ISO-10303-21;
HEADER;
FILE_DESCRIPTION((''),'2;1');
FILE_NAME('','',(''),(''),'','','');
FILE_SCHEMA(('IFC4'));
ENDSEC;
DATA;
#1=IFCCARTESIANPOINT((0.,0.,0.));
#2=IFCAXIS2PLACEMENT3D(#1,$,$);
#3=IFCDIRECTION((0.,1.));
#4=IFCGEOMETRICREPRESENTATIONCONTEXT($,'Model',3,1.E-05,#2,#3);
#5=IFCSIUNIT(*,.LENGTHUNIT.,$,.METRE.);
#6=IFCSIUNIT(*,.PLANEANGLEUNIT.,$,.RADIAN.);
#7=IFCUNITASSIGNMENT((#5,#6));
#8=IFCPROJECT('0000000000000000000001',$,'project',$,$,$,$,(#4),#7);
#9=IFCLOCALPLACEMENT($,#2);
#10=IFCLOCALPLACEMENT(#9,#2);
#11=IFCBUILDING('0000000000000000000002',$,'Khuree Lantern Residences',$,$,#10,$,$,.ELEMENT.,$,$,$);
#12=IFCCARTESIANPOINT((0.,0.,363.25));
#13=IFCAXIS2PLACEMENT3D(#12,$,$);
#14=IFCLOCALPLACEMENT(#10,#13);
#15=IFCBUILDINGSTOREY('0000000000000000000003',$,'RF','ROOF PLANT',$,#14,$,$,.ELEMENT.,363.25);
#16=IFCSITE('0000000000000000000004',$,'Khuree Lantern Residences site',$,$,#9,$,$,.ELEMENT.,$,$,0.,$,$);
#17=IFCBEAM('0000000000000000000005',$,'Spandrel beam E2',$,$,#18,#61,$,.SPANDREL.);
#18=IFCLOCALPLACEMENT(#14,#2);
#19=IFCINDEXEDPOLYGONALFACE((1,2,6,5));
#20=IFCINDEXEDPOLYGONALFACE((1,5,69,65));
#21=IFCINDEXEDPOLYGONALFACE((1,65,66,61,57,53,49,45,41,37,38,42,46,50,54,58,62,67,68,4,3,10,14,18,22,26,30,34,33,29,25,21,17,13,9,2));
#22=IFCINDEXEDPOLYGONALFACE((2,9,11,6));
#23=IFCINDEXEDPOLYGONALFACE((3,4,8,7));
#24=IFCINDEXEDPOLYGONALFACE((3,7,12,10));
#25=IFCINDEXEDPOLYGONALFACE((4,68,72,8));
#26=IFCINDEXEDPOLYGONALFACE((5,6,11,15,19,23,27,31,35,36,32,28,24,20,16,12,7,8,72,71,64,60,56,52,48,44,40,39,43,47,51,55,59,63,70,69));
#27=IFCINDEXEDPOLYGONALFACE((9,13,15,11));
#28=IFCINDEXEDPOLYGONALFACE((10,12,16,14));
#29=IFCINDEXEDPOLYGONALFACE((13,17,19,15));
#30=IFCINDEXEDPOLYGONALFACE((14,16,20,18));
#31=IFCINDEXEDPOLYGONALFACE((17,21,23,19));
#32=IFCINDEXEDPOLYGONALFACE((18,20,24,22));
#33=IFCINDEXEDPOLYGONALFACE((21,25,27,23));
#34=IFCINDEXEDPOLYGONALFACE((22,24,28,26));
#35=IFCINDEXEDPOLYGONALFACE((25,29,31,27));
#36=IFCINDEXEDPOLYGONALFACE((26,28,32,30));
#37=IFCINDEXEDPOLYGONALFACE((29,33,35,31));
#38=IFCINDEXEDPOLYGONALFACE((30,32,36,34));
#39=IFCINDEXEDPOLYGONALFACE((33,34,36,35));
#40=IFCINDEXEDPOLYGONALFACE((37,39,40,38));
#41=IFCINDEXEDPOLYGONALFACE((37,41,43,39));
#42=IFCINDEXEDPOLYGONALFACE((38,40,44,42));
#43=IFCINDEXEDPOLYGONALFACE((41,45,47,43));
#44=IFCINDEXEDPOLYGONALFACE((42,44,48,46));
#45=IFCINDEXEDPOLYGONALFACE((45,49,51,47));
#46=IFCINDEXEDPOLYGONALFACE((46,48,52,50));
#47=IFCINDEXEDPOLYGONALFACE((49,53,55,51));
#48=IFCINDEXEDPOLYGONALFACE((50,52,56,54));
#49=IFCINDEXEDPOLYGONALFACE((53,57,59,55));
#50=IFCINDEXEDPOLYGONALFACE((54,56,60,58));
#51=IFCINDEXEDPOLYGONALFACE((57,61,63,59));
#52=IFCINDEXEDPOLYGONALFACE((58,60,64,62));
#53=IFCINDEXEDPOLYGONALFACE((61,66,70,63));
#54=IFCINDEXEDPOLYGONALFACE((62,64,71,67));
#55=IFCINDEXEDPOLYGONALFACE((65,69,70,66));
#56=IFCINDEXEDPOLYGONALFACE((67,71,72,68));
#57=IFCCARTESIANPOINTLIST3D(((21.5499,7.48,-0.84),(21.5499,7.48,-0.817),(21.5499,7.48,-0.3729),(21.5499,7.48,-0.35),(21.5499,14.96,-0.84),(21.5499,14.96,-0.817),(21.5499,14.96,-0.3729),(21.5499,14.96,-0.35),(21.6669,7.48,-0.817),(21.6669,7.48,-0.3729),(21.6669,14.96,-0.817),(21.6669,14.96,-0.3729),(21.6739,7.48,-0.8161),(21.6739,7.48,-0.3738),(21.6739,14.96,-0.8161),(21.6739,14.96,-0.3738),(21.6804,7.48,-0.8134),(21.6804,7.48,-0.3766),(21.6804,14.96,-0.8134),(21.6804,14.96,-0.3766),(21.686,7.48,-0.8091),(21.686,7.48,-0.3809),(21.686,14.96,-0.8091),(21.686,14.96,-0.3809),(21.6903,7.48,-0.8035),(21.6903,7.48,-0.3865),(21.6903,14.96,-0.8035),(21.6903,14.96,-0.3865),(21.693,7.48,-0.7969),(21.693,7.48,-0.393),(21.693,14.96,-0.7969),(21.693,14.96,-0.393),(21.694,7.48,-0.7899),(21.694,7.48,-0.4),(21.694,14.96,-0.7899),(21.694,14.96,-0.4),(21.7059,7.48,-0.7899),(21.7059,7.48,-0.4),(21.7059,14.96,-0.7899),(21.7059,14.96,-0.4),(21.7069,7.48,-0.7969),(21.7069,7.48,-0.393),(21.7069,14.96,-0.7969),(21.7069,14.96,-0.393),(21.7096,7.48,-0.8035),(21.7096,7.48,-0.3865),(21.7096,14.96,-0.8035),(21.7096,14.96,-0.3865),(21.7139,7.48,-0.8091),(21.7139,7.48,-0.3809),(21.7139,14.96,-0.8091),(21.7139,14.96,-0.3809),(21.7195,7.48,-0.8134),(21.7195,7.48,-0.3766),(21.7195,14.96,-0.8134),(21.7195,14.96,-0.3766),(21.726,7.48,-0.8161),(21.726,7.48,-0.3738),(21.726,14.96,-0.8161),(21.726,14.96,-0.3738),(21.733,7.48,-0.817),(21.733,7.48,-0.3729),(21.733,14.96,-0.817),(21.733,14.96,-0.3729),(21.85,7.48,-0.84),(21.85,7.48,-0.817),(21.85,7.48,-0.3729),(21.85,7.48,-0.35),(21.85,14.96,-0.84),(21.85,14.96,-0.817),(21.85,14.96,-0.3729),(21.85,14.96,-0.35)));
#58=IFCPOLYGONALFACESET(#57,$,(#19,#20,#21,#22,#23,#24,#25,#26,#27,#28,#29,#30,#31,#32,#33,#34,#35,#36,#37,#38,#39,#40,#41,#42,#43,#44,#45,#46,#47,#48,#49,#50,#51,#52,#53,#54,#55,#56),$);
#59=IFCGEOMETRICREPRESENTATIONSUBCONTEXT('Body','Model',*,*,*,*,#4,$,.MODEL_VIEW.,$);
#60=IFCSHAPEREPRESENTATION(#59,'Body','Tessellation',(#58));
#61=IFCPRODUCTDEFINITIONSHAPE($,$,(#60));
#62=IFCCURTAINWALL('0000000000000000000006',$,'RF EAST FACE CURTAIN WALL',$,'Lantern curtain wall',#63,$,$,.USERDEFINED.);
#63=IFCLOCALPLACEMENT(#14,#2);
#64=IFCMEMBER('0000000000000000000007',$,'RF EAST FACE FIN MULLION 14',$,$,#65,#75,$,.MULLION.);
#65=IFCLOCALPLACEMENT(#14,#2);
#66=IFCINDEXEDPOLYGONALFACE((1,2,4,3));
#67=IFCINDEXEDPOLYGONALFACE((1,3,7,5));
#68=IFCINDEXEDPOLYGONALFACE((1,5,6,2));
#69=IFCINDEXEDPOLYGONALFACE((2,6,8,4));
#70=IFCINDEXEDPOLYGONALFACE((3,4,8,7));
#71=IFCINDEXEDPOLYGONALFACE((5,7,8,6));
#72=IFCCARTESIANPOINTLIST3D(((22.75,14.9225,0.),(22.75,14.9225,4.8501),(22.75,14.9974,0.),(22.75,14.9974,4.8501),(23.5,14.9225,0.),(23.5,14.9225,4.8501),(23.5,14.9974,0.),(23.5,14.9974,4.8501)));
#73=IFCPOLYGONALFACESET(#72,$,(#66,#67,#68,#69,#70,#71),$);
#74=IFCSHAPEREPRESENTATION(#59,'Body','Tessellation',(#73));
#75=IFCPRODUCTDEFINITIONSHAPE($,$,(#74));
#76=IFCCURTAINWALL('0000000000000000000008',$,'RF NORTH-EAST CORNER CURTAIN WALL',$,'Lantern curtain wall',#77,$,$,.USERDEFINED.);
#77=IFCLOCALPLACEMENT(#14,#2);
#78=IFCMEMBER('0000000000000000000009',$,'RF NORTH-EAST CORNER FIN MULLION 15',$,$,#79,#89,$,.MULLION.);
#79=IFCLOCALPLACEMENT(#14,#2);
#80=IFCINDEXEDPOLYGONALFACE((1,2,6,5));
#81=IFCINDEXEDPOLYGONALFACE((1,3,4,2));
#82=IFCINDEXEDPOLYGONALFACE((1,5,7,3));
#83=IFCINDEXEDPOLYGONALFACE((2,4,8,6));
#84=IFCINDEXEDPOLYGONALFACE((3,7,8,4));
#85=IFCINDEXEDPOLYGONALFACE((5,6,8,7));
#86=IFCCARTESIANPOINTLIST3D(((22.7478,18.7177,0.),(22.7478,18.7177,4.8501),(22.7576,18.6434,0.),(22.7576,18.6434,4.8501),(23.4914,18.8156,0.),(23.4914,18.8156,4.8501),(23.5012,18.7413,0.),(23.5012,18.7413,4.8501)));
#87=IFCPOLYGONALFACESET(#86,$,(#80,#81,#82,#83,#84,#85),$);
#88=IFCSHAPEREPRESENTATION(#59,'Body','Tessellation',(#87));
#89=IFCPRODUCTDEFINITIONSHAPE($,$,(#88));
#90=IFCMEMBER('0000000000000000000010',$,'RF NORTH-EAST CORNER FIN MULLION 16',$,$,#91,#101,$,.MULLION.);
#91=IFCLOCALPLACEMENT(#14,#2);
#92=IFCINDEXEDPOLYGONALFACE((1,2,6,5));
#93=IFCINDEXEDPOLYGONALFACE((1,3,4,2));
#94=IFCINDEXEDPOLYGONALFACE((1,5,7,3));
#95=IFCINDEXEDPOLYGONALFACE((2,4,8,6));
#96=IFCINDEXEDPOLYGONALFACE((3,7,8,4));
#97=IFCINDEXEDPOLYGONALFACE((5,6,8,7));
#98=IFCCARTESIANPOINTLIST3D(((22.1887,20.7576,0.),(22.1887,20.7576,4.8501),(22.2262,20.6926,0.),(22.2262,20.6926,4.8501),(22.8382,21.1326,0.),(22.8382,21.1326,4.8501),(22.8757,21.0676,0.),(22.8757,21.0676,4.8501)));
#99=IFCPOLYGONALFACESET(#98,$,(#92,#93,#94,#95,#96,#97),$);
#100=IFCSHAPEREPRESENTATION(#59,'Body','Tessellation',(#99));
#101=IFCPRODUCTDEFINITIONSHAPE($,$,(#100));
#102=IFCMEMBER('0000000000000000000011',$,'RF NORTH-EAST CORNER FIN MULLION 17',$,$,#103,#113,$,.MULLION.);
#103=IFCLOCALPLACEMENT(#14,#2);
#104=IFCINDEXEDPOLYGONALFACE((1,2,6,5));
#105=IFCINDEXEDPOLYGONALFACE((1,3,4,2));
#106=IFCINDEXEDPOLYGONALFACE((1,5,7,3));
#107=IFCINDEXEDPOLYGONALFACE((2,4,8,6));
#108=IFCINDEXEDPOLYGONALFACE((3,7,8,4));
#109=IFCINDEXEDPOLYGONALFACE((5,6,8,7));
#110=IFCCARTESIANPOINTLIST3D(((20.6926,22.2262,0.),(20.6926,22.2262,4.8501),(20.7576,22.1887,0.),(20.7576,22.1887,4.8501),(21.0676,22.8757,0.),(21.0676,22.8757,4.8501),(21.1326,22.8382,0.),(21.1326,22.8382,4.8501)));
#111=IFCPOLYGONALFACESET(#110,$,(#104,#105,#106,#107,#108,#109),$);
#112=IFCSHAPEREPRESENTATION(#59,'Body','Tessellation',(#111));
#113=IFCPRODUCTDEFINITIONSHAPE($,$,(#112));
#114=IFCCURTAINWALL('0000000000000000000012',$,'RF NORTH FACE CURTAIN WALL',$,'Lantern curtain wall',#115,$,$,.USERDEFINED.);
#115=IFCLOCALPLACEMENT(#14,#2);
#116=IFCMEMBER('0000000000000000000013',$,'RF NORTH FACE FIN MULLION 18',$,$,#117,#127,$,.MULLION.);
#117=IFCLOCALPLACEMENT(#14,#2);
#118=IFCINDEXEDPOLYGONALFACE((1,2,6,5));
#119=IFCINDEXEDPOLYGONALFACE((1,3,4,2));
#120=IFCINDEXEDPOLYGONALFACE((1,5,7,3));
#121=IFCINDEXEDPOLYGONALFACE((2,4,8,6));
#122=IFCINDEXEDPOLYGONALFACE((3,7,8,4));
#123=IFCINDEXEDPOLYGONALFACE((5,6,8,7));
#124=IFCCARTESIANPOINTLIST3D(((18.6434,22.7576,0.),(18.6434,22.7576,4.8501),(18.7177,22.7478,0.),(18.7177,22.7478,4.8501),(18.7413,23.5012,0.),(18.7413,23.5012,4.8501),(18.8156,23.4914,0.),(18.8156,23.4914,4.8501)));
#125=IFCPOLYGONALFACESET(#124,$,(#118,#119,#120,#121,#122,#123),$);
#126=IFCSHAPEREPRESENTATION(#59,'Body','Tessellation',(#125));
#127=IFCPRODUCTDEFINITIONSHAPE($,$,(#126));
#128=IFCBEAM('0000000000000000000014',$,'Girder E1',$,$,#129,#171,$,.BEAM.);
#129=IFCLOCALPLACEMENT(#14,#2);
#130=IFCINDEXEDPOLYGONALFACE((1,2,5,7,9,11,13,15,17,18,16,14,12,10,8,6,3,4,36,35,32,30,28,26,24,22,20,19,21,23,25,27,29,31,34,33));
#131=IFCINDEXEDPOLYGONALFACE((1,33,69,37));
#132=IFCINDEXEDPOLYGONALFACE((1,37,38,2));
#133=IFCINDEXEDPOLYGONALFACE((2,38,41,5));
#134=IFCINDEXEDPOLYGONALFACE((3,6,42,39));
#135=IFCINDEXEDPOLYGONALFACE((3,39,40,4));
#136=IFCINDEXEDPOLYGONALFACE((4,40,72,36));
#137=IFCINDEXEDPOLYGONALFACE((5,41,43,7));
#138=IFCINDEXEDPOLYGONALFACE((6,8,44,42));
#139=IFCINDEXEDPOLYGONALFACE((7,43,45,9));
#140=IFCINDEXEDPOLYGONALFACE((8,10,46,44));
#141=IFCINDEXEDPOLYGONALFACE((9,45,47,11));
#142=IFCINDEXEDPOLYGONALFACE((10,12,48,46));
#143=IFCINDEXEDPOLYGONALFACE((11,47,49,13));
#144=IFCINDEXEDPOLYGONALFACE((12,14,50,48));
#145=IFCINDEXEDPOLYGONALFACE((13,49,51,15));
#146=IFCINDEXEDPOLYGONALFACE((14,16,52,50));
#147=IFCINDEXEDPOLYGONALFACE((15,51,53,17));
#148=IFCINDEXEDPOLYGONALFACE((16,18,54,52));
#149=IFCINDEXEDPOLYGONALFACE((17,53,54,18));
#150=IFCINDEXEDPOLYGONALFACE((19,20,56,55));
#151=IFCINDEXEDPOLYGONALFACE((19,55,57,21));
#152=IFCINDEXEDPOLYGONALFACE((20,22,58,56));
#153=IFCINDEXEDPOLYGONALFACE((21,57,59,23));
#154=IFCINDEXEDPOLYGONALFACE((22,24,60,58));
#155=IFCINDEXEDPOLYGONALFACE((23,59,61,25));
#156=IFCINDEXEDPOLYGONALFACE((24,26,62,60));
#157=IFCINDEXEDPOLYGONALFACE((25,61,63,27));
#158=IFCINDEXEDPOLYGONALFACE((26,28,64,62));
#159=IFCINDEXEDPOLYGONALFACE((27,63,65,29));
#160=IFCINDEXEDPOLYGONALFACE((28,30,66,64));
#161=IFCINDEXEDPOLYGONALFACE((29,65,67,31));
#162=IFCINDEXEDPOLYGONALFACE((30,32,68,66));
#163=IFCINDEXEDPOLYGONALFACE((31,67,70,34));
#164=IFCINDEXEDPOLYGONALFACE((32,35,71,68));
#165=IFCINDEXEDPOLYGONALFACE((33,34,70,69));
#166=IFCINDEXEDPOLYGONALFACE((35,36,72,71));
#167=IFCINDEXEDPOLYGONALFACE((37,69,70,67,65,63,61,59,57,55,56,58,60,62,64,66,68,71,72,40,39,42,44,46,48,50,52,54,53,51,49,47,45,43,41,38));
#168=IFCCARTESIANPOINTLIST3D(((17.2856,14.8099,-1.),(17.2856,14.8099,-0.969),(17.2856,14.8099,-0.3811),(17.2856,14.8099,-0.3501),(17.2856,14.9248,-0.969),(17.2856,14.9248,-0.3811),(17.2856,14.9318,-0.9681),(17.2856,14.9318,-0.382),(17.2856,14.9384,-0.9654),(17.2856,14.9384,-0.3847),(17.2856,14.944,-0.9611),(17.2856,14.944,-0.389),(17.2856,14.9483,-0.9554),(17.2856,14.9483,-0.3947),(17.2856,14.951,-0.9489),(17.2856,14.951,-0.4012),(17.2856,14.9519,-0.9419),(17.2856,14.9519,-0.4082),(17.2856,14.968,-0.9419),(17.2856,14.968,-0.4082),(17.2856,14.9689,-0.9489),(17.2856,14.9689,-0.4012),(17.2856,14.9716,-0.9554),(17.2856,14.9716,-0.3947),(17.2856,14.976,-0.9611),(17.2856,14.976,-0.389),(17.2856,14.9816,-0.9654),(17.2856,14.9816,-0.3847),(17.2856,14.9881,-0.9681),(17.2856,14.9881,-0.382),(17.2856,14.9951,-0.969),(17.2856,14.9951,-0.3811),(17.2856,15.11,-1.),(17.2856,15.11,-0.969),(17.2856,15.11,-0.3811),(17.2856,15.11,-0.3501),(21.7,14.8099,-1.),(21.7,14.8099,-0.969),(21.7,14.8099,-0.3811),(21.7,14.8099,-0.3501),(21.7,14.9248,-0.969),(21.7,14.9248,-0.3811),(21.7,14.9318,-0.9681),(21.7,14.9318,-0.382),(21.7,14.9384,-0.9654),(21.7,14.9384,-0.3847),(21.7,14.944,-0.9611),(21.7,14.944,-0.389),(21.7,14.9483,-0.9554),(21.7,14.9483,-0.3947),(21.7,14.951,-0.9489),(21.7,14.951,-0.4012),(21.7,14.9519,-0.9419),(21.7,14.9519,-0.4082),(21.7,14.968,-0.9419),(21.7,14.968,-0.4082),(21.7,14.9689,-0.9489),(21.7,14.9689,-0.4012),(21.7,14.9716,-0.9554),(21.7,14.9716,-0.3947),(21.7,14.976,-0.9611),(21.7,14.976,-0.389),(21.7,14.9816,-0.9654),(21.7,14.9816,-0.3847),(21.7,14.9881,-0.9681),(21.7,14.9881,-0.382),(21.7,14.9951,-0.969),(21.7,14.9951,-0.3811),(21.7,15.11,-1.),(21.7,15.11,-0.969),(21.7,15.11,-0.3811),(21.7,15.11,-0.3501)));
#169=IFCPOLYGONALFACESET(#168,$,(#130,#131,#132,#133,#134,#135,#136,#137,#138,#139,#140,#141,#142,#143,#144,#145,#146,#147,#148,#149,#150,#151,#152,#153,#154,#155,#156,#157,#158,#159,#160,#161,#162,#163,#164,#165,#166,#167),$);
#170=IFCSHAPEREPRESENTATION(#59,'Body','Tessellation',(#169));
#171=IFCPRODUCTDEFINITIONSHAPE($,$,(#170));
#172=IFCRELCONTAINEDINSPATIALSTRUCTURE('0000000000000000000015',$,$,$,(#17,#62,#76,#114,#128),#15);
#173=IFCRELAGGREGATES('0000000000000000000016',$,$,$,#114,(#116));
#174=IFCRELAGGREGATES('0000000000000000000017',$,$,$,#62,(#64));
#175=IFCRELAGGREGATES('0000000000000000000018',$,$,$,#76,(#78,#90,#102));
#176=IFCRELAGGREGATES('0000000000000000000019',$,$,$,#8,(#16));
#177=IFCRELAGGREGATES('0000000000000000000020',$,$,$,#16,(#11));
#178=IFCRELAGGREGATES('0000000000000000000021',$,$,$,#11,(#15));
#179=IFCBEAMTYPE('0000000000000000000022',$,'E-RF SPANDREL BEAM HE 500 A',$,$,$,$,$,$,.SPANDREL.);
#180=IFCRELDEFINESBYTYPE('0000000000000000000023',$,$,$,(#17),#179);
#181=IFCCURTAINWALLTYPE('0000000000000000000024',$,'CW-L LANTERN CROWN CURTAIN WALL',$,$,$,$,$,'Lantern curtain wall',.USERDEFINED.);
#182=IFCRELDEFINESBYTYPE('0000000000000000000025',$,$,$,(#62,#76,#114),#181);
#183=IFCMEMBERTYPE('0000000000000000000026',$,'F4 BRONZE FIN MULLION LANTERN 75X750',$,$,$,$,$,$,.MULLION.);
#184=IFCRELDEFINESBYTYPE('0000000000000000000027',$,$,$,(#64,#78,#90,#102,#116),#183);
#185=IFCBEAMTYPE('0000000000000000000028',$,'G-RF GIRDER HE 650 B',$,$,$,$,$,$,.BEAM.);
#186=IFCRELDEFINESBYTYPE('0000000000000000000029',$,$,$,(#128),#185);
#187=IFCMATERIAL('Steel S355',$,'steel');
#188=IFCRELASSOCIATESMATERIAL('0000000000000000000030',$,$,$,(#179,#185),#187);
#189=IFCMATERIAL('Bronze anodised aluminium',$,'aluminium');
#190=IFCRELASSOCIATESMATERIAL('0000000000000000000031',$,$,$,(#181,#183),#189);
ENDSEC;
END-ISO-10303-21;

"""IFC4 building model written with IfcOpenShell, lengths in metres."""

from ifc_helpers import new_model, si_unit, direction, frame, origin, origin_2d, place, context, subcontext, project, spatial, rectangle, i_section, extrude, material, material_profile, profile_set, type_object, element, aggregate, save


model = new_model("IFC4")

# Units and contexts
model_context = context("Model", 3, precision=1e-05, world=origin(), true_north=direction((0.0, 1.0)))
body_context = subcontext(model_context, "Body", "Model", "MODEL_VIEW")
ifc_project = project(units=[si_unit("LENGTHUNIT", "METRE"), si_unit("PLANEANGLEUNIT", "RADIAN")], contexts=[model_context])

# Site, building, storey
site_placement = place(None, origin())
site = spatial("IfcSite", under=ifc_project, at=site_placement, Name="Khuree Lantern Residences site", CompositionType="ELEMENT", RefElevation=0.0)
building_placement = place(site_placement, origin())
building = spatial("IfcBuilding", under=site, at=building_placement, Name="Khuree Lantern Residences", CompositionType="ELEMENT")
storey_placement = place(building_placement, frame((0.0, 0.0, 363.25)))
storey = spatial("IfcBuildingStorey", under=building, at=storey_placement, Name="RF", Description="ROOF PLANT", CompositionType="ELEMENT", Elevation=363.25)

# Shared definitions
ifc_material_1 = material(Name="Steel S355", Category="steel")

# Beam
ifc_material_profile_1 = material_profile(ifc_material_1, i_section(OverallWidth=0.3, OverallDepth=0.49, WebThickness=0.012, FlangeThickness=0.0229, FilletRadius=0.0271, at=origin_2d()), Name="HE 500 A")
ifc_profile_set_1 = profile_set([ifc_material_profile_1], Name="Steel S355")
beam_type_1 = type_object("IfcBeamType", Name="E-RF SPANDREL BEAM HE 500 A", PredefinedType="SPANDREL", material=ifc_profile_set_1)
beam_1_placement = place(storey_placement, frame((21.7, 14.96, -0.595), z_axis=(0.0, -1.0, 0.0), x_axis=(1.0, 0.0, 0.0)))
element("IfcBeam", 1, at=beam_1_placement, inside=storey, type_object=beam_type_1, Name="Spandrel beam E2", PredefinedType="SPANDREL", context=body_context, shape_type="SweptSolid", body=[
    extrude(i_section(OverallWidth=0.3, OverallDepth=0.49, WebThickness=0.012, FlangeThickness=0.0229, FilletRadius=0.0271, at=origin_2d()), origin(), (0.0, 0.0, 1.0), 7.48),
])

# Curtain wall, member
ifc_material_2 = material(Name="Bronze anodised aluminium", Category="aluminium")
curtain_wall_type = type_object("IfcCurtainWallType", Name="CW-L LANTERN CROWN CURTAIN WALL", ElementType="Lantern curtain wall", PredefinedType="USERDEFINED", material=ifc_material_2)
curtain_wall_1_placement = place(storey_placement, origin())
curtain_wall_1 = element("IfcCurtainWall", 2, at=curtain_wall_1_placement, inside=storey, type_object=curtain_wall_type, Name="RF EAST FACE CURTAIN WALL", ObjectType="Lantern curtain wall", PredefinedType="USERDEFINED")
ifc_material_profile_2 = material_profile(ifc_material_2, rectangle(XDim=0.075, YDim=0.75, at=origin_2d()), Name="F4 75X750")
ifc_profile_set_2 = profile_set([ifc_material_profile_2], Name="Bronze anodised aluminium")
member_type_1 = type_object("IfcMemberType", Name="F4 BRONZE FIN MULLION LANTERN 75X750", PredefinedType="MULLION", material=ifc_profile_set_2)
member_1_placement = place(storey_placement, frame((23.125, 14.96, 0.0), z_axis=(0.0, 0.0, 1.0), x_axis=(0.0, 1.0, 0.0)))
member_1 = element("IfcMember", 3, at=member_1_placement, type_object=member_type_1, Name="RF EAST FACE FIN MULLION 14", PredefinedType="MULLION", context=body_context, shape_type="SweptSolid", body=[
    extrude(rectangle(XDim=0.075, YDim=0.75, at=origin_2d()), origin(), (0.0, 0.0, 1.0), 4.8501),
])

# Curtain wall, members
curtain_wall_2_placement = place(storey_placement, origin())
curtain_wall_2 = element("IfcCurtainWall", 4, at=curtain_wall_2_placement, inside=storey, type_object=curtain_wall_type, Name="RF NORTH-EAST CORNER CURTAIN WALL", ObjectType="Lantern curtain wall", PredefinedType="USERDEFINED")
member_2_placement = place(storey_placement, frame((23.1245, 18.7295, 0.0), z_axis=(0.0, 0.0, 1.0), x_axis=(-0.130526, 0.991445, 0.0)))
member_2 = element("IfcMember", 5, at=member_2_placement, type_object=member_type_1, Name="RF NORTH-EAST CORNER FIN MULLION 15", PredefinedType="MULLION", context=body_context, shape_type="SweptSolid", body=[
    extrude(rectangle(XDim=0.075, YDim=0.75, at=origin_2d()), origin(), (0.0, 0.0, 1.0), 4.8501),
])
member_3_placement = place(storey_placement, frame((22.5322, 20.9126, 0.0), z_axis=(0.0, 0.0, 1.0), x_axis=(-0.5, 0.866025, 0.0)))
member_3 = element("IfcMember", 6, at=member_3_placement, type_object=member_type_1, Name="RF NORTH-EAST CORNER FIN MULLION 16", PredefinedType="MULLION", context=body_context, shape_type="SweptSolid", body=[
    extrude(rectangle(XDim=0.075, YDim=0.75, at=origin_2d()), origin(), (0.0, 0.0, 1.0), 4.8501),
])
member_4_placement = place(storey_placement, frame((20.9126, 22.5322, 0.0), z_axis=(0.0, 0.0, 1.0), x_axis=(-0.866025, 0.5, 0.0)))
member_4 = element("IfcMember", 7, at=member_4_placement, type_object=member_type_1, Name="RF NORTH-EAST CORNER FIN MULLION 17", PredefinedType="MULLION", context=body_context, shape_type="SweptSolid", body=[
    extrude(rectangle(XDim=0.075, YDim=0.75, at=origin_2d()), origin(), (0.0, 0.0, 1.0), 4.8501),
])

# Curtain wall, member
curtain_wall_3_placement = place(storey_placement, origin())
curtain_wall_3 = element("IfcCurtainWall", 8, at=curtain_wall_3_placement, inside=storey, type_object=curtain_wall_type, Name="RF NORTH FACE CURTAIN WALL", ObjectType="Lantern curtain wall", PredefinedType="USERDEFINED")
member_5_placement = place(storey_placement, frame((18.7295, 23.1245, 0.0), z_axis=(0.0, 0.0, 1.0), x_axis=(-0.991445, 0.130526, 0.0)))
member_5 = element("IfcMember", 9, at=member_5_placement, type_object=member_type_1, Name="RF NORTH FACE FIN MULLION 18", PredefinedType="MULLION", context=body_context, shape_type="SweptSolid", body=[
    extrude(rectangle(XDim=0.075, YDim=0.75, at=origin_2d()), origin(), (0.0, 0.0, 1.0), 4.8501),
])
aggregate(curtain_wall_3, [member_5])

# Beam
ifc_material_profile_3 = material_profile(ifc_material_1, i_section(OverallWidth=0.3, OverallDepth=0.6499, WebThickness=0.0161, FlangeThickness=0.031, FilletRadius=0.0271, at=origin_2d()), Name="HE 650 B")
ifc_profile_set_3 = profile_set([ifc_material_profile_3], Name="Steel S355")
beam_type_2 = type_object("IfcBeamType", Name="G-RF GIRDER HE 650 B", PredefinedType="BEAM", material=ifc_profile_set_3)
beam_2_placement = place(storey_placement, frame((21.7, 14.96, -0.675), z_axis=(-1.0, 0.0, 0.0), x_axis=(0.0, -1.0, 0.0)))
element("IfcBeam", 10, at=beam_2_placement, inside=storey, type_object=beam_type_2, Name="Girder E1", PredefinedType="BEAM", context=body_context, shape_type="SweptSolid", body=[
    extrude(i_section(OverallWidth=0.3, OverallDepth=0.6499, WebThickness=0.0161, FlangeThickness=0.031, FilletRadius=0.0271, at=origin_2d()), origin(), (0.0, 0.0, 1.0), 4.4143),
])

aggregate(curtain_wall_1, [member_1])
aggregate(curtain_wall_2, [member_2, member_3, member_4])

save(model, "model.ifc")
